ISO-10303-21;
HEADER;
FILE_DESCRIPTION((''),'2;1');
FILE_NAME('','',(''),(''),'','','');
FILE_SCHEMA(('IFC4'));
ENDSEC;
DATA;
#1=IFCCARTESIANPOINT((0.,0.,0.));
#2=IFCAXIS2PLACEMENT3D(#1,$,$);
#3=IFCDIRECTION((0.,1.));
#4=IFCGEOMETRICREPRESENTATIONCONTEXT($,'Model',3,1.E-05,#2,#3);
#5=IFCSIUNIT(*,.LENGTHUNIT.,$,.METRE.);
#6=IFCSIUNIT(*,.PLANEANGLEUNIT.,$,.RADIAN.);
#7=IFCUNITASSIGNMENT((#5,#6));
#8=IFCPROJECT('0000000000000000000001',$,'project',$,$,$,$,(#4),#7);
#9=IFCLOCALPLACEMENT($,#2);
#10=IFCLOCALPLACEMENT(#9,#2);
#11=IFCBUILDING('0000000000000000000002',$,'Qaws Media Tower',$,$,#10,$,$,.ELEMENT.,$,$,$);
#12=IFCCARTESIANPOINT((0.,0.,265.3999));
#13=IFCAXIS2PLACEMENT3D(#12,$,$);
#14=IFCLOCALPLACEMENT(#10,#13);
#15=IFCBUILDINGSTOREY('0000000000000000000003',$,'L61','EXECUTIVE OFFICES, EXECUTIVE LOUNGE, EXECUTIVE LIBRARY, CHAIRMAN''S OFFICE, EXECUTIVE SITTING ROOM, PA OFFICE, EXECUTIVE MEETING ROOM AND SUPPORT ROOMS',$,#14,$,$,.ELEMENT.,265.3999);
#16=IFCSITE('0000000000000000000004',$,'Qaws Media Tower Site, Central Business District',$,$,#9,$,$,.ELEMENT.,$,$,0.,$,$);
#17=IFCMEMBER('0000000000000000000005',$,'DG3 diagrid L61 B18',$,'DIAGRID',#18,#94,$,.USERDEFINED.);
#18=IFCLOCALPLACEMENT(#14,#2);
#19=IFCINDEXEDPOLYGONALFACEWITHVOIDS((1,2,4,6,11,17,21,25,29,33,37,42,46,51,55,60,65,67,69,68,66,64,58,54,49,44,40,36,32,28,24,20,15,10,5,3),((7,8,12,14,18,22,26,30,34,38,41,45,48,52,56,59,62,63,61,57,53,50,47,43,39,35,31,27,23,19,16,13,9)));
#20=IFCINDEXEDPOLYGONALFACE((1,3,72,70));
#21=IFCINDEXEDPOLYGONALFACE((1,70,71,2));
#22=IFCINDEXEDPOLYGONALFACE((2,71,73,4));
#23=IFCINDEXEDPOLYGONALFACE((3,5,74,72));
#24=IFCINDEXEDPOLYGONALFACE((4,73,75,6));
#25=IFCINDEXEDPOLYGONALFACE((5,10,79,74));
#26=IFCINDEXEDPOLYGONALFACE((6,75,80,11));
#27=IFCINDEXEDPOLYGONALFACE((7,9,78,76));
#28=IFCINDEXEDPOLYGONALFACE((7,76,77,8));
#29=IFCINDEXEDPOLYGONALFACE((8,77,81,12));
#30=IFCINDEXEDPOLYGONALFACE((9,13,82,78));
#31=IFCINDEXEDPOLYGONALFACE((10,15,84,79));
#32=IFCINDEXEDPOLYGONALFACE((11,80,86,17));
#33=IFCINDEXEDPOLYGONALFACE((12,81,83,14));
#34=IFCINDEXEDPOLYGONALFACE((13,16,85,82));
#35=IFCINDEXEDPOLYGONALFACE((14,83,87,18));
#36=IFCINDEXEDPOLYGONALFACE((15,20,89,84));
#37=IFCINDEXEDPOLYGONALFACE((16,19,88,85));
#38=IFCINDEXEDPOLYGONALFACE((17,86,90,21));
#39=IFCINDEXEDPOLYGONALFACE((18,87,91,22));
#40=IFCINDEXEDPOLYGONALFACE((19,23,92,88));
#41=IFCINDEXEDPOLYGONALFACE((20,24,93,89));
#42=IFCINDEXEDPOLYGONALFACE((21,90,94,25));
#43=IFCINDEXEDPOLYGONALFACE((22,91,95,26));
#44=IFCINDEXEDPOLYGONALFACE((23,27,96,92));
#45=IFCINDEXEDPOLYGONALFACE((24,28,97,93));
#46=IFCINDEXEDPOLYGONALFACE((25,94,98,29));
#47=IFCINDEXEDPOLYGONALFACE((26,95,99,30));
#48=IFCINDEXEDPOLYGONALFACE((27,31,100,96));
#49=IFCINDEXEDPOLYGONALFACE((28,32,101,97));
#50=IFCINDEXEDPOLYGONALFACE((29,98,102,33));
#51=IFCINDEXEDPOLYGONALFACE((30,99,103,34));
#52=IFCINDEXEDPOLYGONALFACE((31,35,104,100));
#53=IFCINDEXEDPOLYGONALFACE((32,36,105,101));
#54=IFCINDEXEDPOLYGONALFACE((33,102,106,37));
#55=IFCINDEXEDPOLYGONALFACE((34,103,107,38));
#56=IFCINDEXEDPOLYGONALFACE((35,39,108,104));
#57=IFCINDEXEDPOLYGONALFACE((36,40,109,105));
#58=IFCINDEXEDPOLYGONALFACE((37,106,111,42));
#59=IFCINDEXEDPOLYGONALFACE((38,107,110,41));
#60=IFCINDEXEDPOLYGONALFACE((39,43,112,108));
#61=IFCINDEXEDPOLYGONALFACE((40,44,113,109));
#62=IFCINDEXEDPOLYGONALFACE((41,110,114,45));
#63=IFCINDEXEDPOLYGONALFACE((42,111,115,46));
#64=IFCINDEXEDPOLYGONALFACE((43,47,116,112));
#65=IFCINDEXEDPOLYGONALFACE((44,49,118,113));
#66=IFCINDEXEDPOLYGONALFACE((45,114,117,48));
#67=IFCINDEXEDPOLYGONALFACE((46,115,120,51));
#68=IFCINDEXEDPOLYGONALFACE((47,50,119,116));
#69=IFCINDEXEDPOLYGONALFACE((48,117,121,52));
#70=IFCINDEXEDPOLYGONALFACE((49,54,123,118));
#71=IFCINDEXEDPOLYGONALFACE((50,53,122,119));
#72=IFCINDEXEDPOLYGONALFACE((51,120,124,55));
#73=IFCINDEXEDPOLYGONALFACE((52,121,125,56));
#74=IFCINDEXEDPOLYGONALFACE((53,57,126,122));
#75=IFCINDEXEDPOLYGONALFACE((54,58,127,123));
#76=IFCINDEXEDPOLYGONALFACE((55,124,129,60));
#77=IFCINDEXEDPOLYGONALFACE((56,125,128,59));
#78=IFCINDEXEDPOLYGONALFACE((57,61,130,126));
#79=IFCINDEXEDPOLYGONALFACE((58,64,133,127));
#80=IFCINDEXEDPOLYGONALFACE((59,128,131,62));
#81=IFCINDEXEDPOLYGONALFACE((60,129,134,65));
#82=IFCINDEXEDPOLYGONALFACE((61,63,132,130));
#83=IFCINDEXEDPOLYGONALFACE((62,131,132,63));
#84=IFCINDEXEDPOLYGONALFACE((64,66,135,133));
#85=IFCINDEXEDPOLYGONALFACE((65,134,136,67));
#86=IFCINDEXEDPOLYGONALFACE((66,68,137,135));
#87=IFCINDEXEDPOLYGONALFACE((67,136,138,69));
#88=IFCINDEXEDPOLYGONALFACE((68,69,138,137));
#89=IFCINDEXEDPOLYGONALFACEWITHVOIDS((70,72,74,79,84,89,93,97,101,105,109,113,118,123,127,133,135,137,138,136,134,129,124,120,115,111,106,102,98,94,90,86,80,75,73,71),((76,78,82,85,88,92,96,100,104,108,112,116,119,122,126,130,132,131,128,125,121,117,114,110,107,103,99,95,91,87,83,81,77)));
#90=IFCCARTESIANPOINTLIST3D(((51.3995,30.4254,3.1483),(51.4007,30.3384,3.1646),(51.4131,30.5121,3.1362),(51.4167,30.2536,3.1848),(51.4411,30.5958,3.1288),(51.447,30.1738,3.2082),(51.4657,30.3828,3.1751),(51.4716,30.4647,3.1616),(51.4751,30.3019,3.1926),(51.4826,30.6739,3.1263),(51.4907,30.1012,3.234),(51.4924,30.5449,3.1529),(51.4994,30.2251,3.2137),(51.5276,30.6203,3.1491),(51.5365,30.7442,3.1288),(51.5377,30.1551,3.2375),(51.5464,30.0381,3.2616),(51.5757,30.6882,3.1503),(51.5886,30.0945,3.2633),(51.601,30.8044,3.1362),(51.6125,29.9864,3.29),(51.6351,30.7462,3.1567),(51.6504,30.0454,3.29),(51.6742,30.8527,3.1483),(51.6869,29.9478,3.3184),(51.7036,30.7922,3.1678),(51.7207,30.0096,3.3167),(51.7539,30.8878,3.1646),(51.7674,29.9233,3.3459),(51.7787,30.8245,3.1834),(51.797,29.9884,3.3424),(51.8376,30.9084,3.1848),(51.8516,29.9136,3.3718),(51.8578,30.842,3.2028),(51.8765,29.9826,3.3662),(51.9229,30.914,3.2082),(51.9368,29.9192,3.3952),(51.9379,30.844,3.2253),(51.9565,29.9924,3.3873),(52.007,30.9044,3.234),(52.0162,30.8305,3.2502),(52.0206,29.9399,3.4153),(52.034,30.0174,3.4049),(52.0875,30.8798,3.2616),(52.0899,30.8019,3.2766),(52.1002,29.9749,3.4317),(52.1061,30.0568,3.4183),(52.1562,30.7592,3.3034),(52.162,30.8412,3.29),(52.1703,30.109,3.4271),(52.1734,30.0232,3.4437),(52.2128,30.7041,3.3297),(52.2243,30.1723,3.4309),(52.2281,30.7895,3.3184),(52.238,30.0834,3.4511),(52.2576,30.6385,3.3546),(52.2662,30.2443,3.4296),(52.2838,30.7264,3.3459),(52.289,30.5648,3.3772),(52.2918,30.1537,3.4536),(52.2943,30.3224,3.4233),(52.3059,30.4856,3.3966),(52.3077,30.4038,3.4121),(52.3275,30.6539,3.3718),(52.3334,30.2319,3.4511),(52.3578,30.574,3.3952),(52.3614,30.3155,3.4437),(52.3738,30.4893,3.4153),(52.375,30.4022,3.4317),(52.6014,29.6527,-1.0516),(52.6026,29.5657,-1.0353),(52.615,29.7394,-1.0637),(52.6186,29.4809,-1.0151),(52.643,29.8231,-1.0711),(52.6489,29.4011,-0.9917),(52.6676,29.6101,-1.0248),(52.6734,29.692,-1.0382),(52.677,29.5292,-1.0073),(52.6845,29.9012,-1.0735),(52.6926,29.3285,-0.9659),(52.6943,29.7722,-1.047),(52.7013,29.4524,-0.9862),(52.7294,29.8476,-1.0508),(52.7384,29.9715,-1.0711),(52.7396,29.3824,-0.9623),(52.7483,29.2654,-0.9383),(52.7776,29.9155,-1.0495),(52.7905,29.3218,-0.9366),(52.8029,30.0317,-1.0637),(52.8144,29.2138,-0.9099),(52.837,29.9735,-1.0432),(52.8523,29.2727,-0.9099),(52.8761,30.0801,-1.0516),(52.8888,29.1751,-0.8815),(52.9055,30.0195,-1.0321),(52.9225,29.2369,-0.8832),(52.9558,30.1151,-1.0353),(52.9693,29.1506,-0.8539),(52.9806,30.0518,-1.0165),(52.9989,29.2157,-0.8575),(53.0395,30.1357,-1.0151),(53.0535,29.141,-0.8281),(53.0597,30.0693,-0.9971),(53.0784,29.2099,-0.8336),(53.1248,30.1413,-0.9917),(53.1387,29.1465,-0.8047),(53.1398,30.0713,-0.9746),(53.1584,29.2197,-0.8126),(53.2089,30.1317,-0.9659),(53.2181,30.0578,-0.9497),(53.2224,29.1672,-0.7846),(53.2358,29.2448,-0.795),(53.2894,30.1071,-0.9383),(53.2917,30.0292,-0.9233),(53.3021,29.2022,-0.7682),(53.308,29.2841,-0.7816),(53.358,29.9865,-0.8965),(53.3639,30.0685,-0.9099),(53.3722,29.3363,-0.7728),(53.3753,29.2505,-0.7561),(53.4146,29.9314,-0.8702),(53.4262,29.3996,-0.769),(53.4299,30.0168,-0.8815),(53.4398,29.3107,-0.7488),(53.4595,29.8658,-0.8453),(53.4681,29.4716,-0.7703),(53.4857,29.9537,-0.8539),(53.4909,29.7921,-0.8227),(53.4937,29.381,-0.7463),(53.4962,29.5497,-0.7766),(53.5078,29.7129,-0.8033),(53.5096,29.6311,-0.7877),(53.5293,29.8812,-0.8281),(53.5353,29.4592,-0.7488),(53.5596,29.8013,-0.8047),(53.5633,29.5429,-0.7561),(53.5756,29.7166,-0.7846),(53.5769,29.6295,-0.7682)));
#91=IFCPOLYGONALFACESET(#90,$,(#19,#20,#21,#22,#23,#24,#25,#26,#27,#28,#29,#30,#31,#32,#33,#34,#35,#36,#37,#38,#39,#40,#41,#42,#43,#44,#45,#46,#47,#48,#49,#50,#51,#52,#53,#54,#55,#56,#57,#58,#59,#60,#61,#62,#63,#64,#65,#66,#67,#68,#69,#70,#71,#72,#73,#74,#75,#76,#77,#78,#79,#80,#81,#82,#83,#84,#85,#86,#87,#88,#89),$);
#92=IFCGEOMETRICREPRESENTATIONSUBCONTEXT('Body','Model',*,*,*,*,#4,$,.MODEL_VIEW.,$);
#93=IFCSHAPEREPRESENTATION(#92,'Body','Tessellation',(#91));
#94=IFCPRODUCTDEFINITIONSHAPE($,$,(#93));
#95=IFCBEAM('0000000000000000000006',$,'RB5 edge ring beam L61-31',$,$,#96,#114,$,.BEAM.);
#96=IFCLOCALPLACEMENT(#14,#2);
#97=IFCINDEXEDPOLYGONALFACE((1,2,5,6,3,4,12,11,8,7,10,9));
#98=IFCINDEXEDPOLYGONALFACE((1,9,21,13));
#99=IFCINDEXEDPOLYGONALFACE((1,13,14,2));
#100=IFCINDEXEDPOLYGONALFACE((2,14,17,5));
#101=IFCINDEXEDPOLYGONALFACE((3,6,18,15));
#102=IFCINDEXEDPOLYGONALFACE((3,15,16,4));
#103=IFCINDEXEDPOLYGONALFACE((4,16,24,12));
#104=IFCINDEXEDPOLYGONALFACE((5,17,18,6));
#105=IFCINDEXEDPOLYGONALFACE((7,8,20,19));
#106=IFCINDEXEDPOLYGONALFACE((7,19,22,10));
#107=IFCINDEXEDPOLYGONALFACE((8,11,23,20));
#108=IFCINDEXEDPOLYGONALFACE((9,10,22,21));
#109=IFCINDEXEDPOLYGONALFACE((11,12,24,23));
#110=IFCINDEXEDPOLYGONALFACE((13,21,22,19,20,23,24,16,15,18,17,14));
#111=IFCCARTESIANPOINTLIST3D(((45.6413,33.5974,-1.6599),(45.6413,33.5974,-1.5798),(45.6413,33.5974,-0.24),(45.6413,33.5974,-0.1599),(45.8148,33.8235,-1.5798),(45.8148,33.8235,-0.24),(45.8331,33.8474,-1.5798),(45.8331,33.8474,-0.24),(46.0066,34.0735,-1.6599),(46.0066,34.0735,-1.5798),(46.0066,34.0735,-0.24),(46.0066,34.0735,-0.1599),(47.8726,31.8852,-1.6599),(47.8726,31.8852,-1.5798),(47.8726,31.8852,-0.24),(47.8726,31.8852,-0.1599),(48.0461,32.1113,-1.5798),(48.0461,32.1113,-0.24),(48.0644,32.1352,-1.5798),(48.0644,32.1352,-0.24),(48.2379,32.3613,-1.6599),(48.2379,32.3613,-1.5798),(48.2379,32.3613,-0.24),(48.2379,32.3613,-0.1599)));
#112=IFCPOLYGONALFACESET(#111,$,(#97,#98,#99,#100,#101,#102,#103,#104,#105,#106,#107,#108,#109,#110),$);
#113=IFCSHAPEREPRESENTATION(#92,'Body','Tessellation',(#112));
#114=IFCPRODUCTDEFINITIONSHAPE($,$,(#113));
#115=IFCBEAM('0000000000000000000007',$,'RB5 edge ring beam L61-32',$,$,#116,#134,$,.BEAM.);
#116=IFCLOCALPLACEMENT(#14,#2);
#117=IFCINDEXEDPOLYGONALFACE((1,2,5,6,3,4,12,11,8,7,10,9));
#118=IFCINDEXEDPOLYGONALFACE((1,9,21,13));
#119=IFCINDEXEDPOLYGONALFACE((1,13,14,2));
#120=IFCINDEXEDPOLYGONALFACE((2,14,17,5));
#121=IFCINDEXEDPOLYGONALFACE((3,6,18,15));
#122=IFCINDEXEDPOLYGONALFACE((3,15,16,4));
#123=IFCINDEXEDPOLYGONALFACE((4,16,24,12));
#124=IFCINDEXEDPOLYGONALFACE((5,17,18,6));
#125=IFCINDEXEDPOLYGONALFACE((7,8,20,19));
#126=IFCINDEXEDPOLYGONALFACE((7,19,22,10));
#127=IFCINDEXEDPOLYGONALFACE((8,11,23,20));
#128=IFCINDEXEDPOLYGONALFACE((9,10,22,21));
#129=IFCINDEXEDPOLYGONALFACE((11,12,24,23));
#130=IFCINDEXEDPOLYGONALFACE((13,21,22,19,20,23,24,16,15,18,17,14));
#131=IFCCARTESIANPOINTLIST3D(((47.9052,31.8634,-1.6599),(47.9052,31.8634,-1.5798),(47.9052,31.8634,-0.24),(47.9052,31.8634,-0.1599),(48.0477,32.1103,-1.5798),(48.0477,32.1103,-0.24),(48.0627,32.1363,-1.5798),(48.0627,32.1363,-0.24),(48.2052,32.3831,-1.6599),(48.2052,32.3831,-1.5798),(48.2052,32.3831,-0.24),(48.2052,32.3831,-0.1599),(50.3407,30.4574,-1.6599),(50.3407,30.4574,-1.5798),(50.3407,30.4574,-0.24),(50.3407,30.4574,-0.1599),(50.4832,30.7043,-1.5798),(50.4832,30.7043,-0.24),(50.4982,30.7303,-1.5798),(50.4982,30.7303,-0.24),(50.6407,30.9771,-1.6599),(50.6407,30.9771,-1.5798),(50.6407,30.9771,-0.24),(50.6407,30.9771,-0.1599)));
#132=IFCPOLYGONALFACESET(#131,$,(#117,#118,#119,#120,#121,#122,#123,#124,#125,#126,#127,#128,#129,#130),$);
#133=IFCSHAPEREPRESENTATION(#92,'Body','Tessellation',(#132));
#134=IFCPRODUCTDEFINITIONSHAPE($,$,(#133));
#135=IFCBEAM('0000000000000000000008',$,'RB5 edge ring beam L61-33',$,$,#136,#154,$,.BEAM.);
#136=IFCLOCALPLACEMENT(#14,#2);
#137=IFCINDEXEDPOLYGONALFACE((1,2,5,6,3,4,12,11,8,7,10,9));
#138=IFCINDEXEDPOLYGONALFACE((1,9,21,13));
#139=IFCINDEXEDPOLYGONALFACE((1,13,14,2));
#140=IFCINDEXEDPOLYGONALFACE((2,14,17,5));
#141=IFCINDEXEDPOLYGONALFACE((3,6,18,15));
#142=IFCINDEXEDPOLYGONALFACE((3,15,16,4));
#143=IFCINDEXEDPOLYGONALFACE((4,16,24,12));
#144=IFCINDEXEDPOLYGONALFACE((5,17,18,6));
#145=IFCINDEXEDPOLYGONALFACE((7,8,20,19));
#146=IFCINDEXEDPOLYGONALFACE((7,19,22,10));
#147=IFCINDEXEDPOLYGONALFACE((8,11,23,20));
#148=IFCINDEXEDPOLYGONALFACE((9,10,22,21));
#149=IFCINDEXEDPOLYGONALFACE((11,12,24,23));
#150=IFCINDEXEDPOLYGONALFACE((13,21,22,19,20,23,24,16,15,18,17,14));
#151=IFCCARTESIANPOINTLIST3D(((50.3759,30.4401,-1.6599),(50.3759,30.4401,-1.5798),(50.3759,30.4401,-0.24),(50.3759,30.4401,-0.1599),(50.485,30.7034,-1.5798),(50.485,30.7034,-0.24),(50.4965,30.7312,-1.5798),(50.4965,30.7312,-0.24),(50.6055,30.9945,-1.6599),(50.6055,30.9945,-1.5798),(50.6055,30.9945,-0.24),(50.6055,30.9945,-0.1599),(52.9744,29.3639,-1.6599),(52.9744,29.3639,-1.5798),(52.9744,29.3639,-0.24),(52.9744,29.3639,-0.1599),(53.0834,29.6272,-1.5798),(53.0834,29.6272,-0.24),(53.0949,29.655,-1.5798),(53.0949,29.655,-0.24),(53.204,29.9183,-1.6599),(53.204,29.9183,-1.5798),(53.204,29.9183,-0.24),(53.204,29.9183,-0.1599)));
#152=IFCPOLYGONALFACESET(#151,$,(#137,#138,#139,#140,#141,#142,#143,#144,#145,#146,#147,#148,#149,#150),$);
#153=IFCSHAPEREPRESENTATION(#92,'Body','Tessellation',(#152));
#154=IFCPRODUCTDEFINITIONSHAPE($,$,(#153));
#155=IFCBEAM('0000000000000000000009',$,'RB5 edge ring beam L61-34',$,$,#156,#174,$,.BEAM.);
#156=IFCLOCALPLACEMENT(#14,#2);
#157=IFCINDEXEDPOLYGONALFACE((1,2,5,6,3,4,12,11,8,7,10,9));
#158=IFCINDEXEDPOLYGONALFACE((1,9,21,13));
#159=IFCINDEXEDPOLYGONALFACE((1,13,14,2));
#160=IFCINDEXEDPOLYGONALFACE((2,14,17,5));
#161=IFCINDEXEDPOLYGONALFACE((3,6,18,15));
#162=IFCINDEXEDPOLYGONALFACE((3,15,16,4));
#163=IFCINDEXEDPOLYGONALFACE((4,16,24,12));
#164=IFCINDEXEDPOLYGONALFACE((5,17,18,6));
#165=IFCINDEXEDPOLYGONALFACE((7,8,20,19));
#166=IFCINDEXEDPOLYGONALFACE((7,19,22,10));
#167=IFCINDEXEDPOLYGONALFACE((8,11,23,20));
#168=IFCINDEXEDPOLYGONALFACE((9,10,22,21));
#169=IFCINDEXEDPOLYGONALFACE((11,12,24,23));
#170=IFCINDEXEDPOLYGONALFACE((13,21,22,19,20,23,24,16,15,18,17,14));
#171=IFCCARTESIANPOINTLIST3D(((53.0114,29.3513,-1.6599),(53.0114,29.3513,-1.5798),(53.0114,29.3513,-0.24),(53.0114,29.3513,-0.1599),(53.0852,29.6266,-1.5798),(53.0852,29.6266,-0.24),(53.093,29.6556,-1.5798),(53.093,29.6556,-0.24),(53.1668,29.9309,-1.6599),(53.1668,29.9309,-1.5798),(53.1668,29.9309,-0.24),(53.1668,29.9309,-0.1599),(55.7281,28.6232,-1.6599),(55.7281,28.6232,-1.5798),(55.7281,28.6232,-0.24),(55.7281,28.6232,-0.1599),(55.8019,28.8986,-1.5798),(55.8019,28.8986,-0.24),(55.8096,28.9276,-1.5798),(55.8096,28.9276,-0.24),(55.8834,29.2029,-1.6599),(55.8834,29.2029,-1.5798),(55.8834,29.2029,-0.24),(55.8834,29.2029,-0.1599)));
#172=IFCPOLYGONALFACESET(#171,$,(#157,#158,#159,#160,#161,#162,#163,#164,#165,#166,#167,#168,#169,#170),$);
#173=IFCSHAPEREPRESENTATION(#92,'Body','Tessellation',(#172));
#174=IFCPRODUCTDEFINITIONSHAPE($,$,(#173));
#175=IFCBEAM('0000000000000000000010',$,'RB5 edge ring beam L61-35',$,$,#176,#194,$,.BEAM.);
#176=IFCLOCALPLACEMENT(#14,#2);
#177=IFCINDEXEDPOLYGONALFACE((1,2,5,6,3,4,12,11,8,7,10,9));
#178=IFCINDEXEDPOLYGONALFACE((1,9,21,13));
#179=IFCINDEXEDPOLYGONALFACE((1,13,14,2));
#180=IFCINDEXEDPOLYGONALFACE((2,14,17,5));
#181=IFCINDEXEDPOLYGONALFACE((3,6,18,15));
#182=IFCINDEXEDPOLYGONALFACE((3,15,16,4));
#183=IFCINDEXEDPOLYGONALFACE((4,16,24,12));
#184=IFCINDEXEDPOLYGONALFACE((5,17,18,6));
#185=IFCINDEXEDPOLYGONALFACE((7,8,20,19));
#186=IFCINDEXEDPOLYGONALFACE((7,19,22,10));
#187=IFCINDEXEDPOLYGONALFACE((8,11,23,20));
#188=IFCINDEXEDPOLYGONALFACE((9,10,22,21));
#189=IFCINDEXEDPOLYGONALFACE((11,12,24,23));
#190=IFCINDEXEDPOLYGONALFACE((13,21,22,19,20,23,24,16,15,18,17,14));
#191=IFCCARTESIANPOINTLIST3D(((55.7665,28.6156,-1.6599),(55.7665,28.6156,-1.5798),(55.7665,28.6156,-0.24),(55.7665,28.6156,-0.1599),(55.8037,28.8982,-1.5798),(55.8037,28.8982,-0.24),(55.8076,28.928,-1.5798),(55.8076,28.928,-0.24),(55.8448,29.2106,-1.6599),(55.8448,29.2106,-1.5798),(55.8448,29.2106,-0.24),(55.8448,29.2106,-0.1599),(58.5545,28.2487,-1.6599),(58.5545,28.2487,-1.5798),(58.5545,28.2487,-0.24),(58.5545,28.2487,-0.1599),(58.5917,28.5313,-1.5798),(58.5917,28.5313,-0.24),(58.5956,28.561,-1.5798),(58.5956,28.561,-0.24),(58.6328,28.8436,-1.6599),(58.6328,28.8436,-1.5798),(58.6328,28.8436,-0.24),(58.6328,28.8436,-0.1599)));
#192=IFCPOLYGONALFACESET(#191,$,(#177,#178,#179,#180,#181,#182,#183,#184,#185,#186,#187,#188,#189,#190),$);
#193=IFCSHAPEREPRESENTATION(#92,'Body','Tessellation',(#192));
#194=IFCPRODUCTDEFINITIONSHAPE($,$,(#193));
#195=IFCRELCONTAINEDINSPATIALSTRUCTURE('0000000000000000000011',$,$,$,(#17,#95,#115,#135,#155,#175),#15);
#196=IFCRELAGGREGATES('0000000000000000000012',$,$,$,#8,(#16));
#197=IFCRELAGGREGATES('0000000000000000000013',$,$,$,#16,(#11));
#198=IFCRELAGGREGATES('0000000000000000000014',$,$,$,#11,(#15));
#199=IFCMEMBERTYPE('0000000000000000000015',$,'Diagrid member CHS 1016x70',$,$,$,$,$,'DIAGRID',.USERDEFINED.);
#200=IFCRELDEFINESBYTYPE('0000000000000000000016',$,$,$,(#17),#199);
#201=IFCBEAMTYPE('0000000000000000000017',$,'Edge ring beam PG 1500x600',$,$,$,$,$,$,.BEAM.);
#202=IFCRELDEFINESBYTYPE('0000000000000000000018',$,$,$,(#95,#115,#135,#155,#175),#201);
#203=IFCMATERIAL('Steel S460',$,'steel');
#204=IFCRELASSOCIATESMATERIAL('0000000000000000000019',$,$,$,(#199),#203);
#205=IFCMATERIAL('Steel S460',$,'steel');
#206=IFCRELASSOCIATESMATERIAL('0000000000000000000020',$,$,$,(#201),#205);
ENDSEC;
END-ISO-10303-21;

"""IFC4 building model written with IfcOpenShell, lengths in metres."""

from ifc_helpers import new_model, si_unit, direction, frame, origin, origin_2d, place, context, subcontext, project, spatial, hollow_circle, i_section, extrude, material, material_profile, profile_set, type_object, element, save


model = new_model("IFC4")

# Units and contexts
model_context = context("Model", 3, precision=1e-05, world=origin(), true_north=direction((0.0, 1.0)))
body_context = subcontext(model_context, "Body", "Model", "MODEL_VIEW")
ifc_project = project(units=[si_unit("LENGTHUNIT", "METRE"), si_unit("PLANEANGLEUNIT", "RADIAN")], contexts=[model_context])

# Site, building, storey
site_placement = place(None, origin())
site = spatial("IfcSite", under=ifc_project, at=site_placement, Name="Qaws Media Tower Site, Central Business District", CompositionType="ELEMENT", RefElevation=0.0)
building_placement = place(site_placement, origin())
building = spatial("IfcBuilding", under=site, at=building_placement, Name="Qaws Media Tower", CompositionType="ELEMENT")
storey_placement = place(building_placement, frame((0.0, 0.0, 265.3999)))
storey = spatial("IfcBuildingStorey", under=building, at=storey_placement, Name="L61", Description="EXECUTIVE OFFICES, EXECUTIVE LOUNGE, EXECUTIVE LIBRARY, CHAIRMAN'S OFFICE, EXECUTIVE SITTING ROOM, PA OFFICE, EXECUTIVE MEETING ROOM AND SUPPORT ROOMS", CompositionType="ELEMENT", Elevation=265.3999)

# Member
ifc_material_1 = material(Name="Steel S460", Category="steel")
ifc_material_profile_1 = material_profile(ifc_material_1, hollow_circle(Radius=0.5081, WallThickness=0.0701, at=origin_2d()), Name="CHS 1016x70")
ifc_profile_set_1 = profile_set([ifc_material_profile_1], Name="Steel S460")
member_type_1 = type_object("IfcMemberType", Name="Diagrid member CHS 1016x70", ElementType="DIAGRID", PredefinedType="USERDEFINED", material=ifc_profile_set_1)
for number, where, z_axis, x_axis, name in (
    (1, (53.0891, 29.6411, -0.9099), (-0.270922, 0.174176, 0.946712), (-0.540783, -0.841162, 0.0), "DG3 diagrid L61 B18"),
):
    element("IfcMember", number, at=place(storey_placement, frame(where, z_axis=z_axis, x_axis=x_axis)), inside=storey, type_object=member_type_1, Name=name, ObjectType="DIAGRID", PredefinedType="USERDEFINED", context=body_context, shape_type="SweptSolid", body=[
        extrude(hollow_circle(Radius=0.5081, WallThickness=0.0701, at=origin_2d()), origin(), (0.0, 0.0, 1.0), 4.4363),
    ])

# Beams
ifc_material_2 = material(Name="Steel S460", Category="steel")
ifc_material_profile_2 = material_profile(ifc_material_2, i_section(OverallWidth=0.6001, OverallDepth=1.5, WebThickness=0.03, FlangeThickness=0.0801, at=origin_2d()), Name="PG 1500x600")
ifc_profile_set_2 = profile_set([ifc_material_profile_2], Name="Steel S460")
beam_type = type_object("IfcBeamType", Name="Edge ring beam PG 1500x600", PredefinedType="BEAM", material=ifc_profile_set_2)
beam_1_placement = place(storey_placement, frame((45.824, 33.8354, -0.9099), z_axis=(0.793337, -0.608783, 0.0), x_axis=(0.608783, 0.793337, 0.0)))
element("IfcBeam", 2, at=beam_1_placement, inside=storey, type_object=beam_type, Name="RB5 edge ring beam L61-31", PredefinedType="BEAM", context=body_context, shape_type="SweptSolid", body=[
    extrude(i_section(OverallWidth=0.6001, OverallDepth=1.5, WebThickness=0.03, FlangeThickness=0.0801, at=origin_2d()), origin(), (0.0, 0.0, 1.0), 2.8125),
])
beam_2_placement = place(storey_placement, frame((48.0552, 32.1233, -0.9099), z_axis=(0.86605, -0.499958, 0.0), x_axis=(0.499958, 0.86605, 0.0)))
element("IfcBeam", 3, at=beam_2_placement, inside=storey, type_object=beam_type, Name="RB5 edge ring beam L61-32", PredefinedType="BEAM", context=body_context, shape_type="SweptSolid", body=[
    extrude(i_section(OverallWidth=0.6001, OverallDepth=1.5, WebThickness=0.03, FlangeThickness=0.0801, at=origin_2d()), origin(), (0.0, 0.0, 1.0), 2.8123),
])
for number, where, z_axis, x_axis, name in (
    (4, (50.4907, 30.7173, -0.9099), (0.923894, -0.382648, 0.0), (0.382648, 0.923894, 0.0), "RB5 edge ring beam L61-33"),
    (5, (53.0891, 29.6411, -0.9099), (0.965914, -0.258862, 0.0), (0.258862, 0.965914, 0.0), "RB5 edge ring beam L61-34"),
):
    element("IfcBeam", number, at=place(storey_placement, frame(where, z_axis=z_axis, x_axis=x_axis)), inside=storey, type_object=beam_type, Name=name, PredefinedType="BEAM", context=body_context, shape_type="SweptSolid", body=[
        extrude(i_section(OverallWidth=0.6001, OverallDepth=1.5, WebThickness=0.03, FlangeThickness=0.0801, at=origin_2d()), origin(), (0.0, 0.0, 1.0), 2.8125),
    ])
beam_3_placement = place(storey_placement, frame((55.8057, 28.9131, -0.9099), z_axis=(0.99145, -0.130486, 0.0), x_axis=(0.130486, 0.99145, 0.0)))
element("IfcBeam", 6, at=beam_3_placement, inside=storey, type_object=beam_type, Name="RB5 edge ring beam L61-35", PredefinedType="BEAM", context=body_context, shape_type="SweptSolid", body=[
    extrude(i_section(OverallWidth=0.6001, OverallDepth=1.5, WebThickness=0.03, FlangeThickness=0.0801, at=origin_2d()), origin(), (0.0, 0.0, 1.0), 2.812),
])

save(model, "model.ifc")
